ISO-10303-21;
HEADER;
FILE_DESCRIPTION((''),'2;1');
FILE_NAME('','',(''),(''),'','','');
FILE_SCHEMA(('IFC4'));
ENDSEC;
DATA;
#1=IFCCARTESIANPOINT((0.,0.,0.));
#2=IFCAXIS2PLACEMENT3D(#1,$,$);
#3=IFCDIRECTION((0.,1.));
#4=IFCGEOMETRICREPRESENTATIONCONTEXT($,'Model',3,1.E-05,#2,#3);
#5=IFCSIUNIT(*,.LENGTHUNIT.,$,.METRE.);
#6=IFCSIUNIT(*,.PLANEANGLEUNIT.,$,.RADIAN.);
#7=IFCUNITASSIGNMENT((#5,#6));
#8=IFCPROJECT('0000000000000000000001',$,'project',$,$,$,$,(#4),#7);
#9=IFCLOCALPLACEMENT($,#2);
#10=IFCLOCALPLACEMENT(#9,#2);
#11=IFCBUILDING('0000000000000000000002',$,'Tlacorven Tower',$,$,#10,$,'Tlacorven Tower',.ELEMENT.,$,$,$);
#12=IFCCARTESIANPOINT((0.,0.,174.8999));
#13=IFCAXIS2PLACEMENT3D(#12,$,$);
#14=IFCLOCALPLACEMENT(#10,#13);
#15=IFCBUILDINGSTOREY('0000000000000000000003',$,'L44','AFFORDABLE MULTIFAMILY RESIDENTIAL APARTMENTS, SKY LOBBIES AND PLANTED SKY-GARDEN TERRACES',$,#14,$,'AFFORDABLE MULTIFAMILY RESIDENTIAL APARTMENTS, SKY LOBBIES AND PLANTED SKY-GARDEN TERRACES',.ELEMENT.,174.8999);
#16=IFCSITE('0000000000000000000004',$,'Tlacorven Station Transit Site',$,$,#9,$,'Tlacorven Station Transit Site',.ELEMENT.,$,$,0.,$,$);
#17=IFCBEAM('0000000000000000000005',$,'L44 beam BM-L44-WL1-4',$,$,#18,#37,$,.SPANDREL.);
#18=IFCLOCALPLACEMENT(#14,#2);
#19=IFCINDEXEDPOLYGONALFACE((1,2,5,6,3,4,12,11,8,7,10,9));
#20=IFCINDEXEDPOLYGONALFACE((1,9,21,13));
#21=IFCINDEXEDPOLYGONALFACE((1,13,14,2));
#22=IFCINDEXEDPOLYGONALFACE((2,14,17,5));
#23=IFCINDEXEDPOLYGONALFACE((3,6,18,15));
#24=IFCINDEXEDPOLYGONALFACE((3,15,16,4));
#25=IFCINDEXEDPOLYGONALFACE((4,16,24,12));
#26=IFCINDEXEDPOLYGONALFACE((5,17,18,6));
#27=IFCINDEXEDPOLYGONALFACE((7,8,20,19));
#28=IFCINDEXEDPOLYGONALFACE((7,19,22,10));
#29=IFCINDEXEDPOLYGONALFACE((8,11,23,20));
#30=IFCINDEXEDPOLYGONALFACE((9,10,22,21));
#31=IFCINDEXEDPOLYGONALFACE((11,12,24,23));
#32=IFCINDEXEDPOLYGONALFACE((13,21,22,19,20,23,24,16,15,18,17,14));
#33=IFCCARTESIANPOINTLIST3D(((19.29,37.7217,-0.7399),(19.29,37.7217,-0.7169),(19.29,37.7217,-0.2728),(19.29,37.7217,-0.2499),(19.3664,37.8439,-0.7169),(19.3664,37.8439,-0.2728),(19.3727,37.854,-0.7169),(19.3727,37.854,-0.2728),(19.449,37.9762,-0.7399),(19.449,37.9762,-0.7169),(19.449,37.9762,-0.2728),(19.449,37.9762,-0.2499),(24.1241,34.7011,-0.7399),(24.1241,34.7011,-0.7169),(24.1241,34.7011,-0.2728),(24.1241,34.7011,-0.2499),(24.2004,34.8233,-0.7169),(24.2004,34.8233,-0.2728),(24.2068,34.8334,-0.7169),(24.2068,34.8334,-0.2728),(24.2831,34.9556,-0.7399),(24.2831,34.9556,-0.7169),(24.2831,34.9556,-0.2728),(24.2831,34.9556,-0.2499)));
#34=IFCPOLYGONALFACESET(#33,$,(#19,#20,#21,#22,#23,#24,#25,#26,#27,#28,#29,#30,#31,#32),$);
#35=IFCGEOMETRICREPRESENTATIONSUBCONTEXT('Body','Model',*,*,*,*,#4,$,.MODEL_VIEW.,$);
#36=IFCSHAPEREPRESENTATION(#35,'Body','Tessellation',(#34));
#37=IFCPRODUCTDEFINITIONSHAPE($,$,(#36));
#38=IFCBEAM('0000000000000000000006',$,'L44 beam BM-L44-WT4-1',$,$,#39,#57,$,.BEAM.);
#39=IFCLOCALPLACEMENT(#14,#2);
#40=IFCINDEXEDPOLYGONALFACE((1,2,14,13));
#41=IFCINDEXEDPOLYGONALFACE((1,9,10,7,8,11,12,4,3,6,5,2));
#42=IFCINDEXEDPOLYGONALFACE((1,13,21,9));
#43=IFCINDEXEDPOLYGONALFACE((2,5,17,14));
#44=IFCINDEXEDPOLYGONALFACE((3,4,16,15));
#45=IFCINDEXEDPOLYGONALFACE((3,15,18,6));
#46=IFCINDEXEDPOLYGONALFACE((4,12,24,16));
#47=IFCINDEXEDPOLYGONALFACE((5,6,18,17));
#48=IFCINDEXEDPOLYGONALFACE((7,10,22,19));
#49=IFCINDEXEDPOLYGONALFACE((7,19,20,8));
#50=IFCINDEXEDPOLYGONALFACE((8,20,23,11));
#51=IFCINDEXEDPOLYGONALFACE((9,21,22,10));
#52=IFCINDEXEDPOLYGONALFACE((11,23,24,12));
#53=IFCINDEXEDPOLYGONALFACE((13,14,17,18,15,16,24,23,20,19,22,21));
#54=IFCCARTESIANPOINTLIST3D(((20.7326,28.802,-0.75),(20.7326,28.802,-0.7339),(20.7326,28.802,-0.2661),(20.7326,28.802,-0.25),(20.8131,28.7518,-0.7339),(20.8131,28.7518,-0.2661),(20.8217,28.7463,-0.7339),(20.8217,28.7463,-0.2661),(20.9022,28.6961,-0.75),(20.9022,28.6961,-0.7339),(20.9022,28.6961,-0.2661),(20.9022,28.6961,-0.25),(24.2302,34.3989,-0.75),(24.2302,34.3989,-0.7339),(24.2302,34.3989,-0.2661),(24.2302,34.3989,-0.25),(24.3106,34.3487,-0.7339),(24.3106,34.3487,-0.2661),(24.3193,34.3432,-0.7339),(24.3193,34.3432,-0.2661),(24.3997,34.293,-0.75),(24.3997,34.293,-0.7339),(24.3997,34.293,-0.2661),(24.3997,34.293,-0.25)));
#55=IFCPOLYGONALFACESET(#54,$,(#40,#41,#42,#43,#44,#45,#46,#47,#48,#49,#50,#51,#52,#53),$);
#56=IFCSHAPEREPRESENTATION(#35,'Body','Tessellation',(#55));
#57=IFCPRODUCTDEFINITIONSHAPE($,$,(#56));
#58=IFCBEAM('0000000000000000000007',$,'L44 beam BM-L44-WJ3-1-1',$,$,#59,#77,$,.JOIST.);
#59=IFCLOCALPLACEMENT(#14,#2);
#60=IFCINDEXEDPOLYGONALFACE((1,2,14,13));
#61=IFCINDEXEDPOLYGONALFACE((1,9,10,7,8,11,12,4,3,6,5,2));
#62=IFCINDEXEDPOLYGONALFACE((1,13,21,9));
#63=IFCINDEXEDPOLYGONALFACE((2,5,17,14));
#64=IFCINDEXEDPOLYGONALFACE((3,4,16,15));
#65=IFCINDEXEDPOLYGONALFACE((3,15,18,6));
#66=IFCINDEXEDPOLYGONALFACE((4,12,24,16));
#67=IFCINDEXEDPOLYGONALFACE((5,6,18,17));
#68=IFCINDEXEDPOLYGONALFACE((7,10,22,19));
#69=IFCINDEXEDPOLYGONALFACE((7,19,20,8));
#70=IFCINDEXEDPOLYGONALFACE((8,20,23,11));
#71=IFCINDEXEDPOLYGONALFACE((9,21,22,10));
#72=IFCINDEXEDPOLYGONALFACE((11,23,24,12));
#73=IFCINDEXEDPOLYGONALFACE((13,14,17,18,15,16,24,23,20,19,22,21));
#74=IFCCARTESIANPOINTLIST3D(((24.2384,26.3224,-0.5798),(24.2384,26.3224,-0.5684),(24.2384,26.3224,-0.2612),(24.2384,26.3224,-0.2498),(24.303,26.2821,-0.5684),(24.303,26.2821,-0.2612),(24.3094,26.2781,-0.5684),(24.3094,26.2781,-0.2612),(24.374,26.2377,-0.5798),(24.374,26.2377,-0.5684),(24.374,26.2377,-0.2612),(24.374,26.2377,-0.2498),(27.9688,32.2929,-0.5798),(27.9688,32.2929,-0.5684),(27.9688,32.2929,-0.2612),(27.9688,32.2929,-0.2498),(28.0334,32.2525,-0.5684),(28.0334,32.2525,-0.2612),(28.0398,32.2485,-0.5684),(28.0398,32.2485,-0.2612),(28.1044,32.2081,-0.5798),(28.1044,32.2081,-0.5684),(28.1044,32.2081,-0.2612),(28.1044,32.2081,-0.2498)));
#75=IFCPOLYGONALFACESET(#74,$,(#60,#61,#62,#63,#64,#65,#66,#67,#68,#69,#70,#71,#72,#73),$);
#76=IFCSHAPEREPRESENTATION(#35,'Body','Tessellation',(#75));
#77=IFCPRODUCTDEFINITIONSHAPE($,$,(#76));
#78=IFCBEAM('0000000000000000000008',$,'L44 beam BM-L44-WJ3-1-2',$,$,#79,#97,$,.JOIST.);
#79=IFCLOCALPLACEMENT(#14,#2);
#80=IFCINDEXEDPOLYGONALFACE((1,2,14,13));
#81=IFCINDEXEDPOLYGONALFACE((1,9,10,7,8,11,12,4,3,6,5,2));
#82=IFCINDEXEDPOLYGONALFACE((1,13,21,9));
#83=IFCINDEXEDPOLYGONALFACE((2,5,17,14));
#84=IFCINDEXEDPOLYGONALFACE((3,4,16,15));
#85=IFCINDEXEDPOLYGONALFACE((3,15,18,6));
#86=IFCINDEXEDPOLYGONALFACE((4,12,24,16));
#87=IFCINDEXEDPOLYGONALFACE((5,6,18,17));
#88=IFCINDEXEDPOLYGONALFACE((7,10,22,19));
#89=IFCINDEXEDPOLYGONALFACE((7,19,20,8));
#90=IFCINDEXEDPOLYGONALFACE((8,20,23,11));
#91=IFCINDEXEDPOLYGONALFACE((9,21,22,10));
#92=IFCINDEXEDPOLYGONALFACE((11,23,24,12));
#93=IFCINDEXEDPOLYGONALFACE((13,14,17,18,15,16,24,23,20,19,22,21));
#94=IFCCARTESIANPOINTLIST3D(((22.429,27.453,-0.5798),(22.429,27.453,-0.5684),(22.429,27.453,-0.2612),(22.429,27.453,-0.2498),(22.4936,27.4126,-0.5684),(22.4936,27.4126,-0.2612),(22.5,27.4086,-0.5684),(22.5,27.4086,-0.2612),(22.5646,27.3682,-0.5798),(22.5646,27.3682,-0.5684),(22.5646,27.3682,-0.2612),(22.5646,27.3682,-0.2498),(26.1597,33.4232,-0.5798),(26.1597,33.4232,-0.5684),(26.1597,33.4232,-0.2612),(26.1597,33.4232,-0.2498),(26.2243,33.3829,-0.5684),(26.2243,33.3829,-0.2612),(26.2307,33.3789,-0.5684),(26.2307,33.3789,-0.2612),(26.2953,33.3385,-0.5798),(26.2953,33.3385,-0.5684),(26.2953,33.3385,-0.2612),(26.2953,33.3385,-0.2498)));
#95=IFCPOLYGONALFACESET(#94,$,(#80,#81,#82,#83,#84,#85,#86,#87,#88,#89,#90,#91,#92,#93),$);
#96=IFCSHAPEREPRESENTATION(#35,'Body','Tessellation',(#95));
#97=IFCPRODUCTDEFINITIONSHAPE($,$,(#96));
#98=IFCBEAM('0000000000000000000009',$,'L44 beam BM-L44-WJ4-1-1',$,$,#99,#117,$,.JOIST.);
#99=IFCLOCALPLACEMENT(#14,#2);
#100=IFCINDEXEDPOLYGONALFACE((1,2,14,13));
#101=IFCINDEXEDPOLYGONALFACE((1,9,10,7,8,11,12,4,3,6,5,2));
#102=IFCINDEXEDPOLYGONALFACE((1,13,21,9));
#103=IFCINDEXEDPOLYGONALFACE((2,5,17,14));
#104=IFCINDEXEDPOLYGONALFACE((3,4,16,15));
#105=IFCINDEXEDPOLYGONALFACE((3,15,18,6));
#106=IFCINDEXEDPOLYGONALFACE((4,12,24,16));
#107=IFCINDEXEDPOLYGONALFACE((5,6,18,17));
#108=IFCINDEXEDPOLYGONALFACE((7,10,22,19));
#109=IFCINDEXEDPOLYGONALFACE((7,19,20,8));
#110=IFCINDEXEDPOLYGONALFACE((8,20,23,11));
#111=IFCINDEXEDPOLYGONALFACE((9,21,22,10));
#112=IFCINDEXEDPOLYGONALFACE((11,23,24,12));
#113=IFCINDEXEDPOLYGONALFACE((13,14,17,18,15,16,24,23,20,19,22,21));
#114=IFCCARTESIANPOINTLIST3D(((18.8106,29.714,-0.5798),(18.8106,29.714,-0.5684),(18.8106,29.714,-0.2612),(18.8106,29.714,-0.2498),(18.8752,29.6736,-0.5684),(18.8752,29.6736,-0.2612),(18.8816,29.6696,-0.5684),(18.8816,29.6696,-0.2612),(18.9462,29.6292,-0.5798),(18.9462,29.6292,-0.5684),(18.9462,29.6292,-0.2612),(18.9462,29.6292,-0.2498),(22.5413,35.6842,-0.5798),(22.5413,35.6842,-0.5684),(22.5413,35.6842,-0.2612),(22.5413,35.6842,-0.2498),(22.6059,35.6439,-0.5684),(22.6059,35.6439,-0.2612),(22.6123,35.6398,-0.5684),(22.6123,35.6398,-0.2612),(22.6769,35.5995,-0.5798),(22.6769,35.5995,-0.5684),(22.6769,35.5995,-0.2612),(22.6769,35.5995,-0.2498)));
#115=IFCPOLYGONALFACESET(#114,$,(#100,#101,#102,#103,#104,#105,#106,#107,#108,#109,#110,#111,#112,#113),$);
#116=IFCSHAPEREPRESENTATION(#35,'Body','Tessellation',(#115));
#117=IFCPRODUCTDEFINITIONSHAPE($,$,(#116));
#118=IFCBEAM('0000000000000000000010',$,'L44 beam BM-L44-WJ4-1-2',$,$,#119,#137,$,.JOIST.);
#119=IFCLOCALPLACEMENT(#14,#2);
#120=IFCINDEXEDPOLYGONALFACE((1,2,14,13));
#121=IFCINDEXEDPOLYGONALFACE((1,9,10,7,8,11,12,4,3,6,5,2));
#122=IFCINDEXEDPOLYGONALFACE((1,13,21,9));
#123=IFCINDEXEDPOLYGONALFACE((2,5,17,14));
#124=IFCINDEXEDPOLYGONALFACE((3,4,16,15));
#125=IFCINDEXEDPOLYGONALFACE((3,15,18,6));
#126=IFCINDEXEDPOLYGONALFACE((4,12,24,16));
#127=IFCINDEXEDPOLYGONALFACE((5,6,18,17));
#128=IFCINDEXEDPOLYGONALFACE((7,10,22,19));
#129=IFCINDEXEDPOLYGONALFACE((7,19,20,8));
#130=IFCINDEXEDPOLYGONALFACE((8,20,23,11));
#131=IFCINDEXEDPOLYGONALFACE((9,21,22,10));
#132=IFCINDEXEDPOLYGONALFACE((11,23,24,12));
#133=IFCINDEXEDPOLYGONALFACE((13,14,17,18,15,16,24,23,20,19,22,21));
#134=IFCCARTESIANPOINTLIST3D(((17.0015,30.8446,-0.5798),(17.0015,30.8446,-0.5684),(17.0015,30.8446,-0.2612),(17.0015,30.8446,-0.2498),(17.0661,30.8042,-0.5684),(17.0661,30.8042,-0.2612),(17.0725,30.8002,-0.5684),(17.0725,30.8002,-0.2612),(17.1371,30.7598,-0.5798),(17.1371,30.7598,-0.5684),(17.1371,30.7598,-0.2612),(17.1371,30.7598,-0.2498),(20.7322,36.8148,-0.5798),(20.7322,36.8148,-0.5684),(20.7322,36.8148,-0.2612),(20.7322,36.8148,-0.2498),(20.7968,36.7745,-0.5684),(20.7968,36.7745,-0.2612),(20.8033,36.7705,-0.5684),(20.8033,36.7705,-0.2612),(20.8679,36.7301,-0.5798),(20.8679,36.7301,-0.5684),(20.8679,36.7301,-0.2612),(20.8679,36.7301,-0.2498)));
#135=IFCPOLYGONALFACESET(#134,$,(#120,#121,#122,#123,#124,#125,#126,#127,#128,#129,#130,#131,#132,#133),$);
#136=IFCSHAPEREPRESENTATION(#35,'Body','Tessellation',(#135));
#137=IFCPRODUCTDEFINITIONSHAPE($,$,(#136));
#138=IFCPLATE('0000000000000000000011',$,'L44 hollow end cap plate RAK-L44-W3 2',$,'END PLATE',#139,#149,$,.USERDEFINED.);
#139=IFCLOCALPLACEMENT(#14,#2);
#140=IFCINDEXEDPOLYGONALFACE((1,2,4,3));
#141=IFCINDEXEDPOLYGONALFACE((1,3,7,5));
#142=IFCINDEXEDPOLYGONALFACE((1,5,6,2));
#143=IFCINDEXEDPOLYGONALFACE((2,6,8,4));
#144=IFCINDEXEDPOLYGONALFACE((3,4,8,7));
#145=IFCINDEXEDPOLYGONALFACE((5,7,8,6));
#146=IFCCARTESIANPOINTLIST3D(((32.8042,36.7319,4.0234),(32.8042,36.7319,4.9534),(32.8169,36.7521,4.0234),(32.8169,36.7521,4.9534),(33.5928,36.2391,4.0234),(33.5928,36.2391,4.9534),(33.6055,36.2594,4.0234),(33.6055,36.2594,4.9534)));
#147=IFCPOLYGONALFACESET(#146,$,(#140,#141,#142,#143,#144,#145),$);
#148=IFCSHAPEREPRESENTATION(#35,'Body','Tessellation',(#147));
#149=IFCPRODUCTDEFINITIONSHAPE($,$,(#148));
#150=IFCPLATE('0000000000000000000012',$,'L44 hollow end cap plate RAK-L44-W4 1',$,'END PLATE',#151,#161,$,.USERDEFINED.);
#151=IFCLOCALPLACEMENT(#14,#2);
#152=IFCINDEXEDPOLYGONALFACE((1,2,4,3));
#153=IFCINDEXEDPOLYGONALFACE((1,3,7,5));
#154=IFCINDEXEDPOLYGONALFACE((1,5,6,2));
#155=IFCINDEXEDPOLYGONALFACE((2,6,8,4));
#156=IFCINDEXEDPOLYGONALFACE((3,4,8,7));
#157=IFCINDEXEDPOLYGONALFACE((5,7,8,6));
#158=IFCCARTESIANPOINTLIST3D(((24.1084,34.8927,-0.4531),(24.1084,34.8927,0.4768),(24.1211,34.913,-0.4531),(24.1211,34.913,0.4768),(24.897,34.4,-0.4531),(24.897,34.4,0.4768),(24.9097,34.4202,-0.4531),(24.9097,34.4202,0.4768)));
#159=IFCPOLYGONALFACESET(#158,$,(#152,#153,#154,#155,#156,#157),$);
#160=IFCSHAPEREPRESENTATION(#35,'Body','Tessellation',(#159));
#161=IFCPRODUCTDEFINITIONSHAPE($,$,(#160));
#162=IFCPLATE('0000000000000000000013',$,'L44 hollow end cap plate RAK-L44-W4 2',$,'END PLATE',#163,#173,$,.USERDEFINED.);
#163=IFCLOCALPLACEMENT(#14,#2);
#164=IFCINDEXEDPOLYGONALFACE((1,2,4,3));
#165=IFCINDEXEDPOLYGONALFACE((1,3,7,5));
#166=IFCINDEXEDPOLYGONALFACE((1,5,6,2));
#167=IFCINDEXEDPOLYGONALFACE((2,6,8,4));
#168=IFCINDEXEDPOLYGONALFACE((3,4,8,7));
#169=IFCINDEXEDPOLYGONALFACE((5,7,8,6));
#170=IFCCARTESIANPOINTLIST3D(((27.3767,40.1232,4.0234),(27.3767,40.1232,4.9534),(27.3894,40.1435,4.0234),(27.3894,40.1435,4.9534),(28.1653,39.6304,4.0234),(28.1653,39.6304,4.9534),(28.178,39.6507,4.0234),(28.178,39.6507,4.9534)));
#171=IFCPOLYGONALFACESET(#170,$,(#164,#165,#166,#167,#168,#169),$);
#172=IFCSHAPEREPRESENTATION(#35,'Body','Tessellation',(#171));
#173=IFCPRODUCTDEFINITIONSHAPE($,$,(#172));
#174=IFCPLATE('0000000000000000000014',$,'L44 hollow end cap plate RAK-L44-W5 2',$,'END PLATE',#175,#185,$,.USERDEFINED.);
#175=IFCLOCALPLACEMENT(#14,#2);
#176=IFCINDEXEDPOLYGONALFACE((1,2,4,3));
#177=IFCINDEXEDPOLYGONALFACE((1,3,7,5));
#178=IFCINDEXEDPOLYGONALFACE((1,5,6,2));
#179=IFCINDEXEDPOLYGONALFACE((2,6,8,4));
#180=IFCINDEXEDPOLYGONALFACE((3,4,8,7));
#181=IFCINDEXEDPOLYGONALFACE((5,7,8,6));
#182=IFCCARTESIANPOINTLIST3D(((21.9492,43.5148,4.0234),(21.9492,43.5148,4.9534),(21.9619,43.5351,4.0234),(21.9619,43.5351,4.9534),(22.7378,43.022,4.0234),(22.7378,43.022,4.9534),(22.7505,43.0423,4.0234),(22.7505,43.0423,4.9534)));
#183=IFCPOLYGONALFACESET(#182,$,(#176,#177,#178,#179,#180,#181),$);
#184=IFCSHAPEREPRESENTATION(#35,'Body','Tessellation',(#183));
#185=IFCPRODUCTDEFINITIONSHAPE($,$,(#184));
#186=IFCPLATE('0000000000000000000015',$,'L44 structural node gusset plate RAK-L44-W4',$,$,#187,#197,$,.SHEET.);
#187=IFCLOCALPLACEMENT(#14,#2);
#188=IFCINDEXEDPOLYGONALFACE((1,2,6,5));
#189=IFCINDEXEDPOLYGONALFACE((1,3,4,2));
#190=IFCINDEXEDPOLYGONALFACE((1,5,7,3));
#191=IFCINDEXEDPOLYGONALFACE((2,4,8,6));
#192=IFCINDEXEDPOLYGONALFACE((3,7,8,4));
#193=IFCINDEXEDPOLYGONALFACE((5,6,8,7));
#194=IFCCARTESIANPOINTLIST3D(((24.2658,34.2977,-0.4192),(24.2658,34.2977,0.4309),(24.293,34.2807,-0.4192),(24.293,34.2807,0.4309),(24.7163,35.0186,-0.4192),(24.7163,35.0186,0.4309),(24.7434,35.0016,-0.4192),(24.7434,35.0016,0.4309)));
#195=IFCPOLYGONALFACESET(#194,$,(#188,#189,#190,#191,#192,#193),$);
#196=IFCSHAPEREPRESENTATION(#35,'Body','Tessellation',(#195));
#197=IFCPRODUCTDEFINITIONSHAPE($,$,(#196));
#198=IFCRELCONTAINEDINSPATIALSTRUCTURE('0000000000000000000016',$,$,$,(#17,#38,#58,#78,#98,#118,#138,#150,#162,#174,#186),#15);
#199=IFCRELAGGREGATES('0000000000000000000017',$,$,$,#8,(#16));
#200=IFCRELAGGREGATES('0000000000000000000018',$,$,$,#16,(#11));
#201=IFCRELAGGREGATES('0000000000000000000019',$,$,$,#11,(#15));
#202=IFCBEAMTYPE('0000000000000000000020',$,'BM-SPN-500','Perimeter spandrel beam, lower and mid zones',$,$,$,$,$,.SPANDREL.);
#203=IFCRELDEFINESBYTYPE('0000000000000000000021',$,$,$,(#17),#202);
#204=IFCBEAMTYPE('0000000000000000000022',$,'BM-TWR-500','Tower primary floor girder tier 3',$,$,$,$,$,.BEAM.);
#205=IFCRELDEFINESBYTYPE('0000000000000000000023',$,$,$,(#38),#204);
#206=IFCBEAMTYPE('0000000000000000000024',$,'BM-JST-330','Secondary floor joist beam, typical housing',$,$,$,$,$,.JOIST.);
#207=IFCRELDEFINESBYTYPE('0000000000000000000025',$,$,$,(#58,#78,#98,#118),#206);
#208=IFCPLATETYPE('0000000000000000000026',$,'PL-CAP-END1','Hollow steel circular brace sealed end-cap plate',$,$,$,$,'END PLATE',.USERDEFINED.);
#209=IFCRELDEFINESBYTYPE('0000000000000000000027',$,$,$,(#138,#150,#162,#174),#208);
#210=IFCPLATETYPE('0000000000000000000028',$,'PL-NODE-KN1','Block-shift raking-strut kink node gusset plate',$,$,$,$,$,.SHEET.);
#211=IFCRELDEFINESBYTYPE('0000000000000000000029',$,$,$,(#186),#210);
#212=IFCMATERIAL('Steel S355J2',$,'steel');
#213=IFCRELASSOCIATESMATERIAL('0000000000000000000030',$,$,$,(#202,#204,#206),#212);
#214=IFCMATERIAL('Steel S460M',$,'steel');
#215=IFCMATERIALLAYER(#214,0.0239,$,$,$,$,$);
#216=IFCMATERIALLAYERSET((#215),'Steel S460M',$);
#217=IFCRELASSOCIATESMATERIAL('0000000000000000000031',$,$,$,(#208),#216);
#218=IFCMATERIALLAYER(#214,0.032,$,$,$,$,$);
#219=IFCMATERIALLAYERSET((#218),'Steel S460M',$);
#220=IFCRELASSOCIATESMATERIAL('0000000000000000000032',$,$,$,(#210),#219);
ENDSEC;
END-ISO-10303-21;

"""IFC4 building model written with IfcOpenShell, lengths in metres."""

from ifc_helpers import new_model, si_unit, direction, frame, origin, origin_2d, place, context, subcontext, project, spatial, rectangle, i_section, extrude, source, transform, mapped, material, layer, layer_set, material_profile, profile_set, type_object, element, save


model = new_model("IFC4")

# Units and contexts
model_context = context("Model", 3, precision=1e-05, world=origin(), true_north=direction((0.0, 1.0)))
body_context = subcontext(model_context, "Body", "Model", "MODEL_VIEW")
ifc_project = project(units=[si_unit("LENGTHUNIT", "METRE"), si_unit("PLANEANGLEUNIT", "RADIAN")], contexts=[model_context])

# Site, building, storey
site_placement = place(None, origin())
site = spatial("IfcSite", under=ifc_project, at=site_placement, Name="Tlacorven Station Transit Site", LongName="Tlacorven Station Transit Site", CompositionType="ELEMENT", RefElevation=0.0)
building_placement = place(site_placement, origin())
building = spatial("IfcBuilding", under=site, at=building_placement, Name="Tlacorven Tower", LongName="Tlacorven Tower", CompositionType="ELEMENT")
storey_placement = place(building_placement, frame((0.0, 0.0, 174.8999)))
storey = spatial("IfcBuildingStorey", under=building, at=storey_placement, Name="L44", Description="AFFORDABLE MULTIFAMILY RESIDENTIAL APARTMENTS, SKY LOBBIES AND PLANTED SKY-GARDEN TERRACES", LongName="AFFORDABLE MULTIFAMILY RESIDENTIAL APARTMENTS, SKY LOBBIES AND PLANTED SKY-GARDEN TERRACES", CompositionType="ELEMENT", Elevation=174.8999)

# Shared definitions
ifc_material_1 = material(Name="Steel S460M", Category="steel")

# Beams
ifc_material_2 = material(Name="Steel S355J2", Category="steel")
ifc_material_profile_1 = material_profile(ifc_material_2, i_section(OverallWidth=0.3, OverallDepth=0.49, WebThickness=0.012, FlangeThickness=0.0229, at=origin_2d()), Name="HEA 500")
ifc_profile_set_1 = profile_set([ifc_material_profile_1], Name="Steel S355J2")
beam_type_1 = type_object("IfcBeamType", Name="BM-SPN-500", Description="Perimeter spandrel beam, lower and mid zones", PredefinedType="SPANDREL", material=ifc_profile_set_1)
shared_shape_1 = source(origin(), body_context, "Body", "SweptSolid", [
    extrude(i_section(OverallWidth=0.3, OverallDepth=0.49, WebThickness=0.012, FlangeThickness=0.0229, at=origin_2d()), origin(), (0.0, 0.0, 1.0), 5.7002),
])
beam_1_placement = place(storey_placement, frame((24.2036, 34.8284, -0.4949), z_axis=(-0.848056, 0.529907, 0.0), x_axis=(-0.529907, -0.848056, 0.0)))
element("IfcBeam", 1, at=beam_1_placement, inside=storey, type_object=beam_type_1, Name="L44 beam BM-L44-WL1-4", PredefinedType="SPANDREL", context=body_context, shape_type="MappedRepresentation", body=[
    mapped(shared_shape_1, transform((0.0, 0.0, 0.0), scale=1.0)),
])
ifc_material_profile_2 = material_profile(ifc_material_2, i_section(OverallWidth=0.2, OverallDepth=0.5, WebThickness=0.0103, FlangeThickness=0.0161, at=origin_2d()), Name="IPE 500")
ifc_profile_set_2 = profile_set([ifc_material_profile_2], Name="Steel S355J2")
beam_type_2 = type_object("IfcBeamType", Name="BM-TWR-500", Description="Tower primary floor girder tier 3", PredefinedType="BEAM", material=ifc_profile_set_2)
shared_shape_2 = source(origin(), body_context, "Body", "SweptSolid", [
    extrude(i_section(OverallWidth=0.2, OverallDepth=0.5, WebThickness=0.0103, FlangeThickness=0.0161, at=origin_2d()), origin(), (0.0, 0.0, 1.0), 6.5999),
])
beam_2_placement = place(storey_placement, frame((24.3149, 34.3459, -0.5), z_axis=(-0.529942, -0.848034, 0.0), x_axis=(0.848034, -0.529942, 0.0)))
element("IfcBeam", 2, at=beam_2_placement, inside=storey, type_object=beam_type_2, Name="L44 beam BM-L44-WT4-1", PredefinedType="BEAM", context=body_context, shape_type="MappedRepresentation", body=[
    mapped(shared_shape_2, transform((0.0, 0.0, 0.0), scale=1.0)),
])
ifc_material_profile_3 = material_profile(ifc_material_2, i_section(OverallWidth=0.1599, OverallDepth=0.3301, WebThickness=0.0076, FlangeThickness=0.0115, at=origin_2d()), Name="IPE 330")
ifc_profile_set_3 = profile_set([ifc_material_profile_3], Name="Steel S355J2")
beam_type_3 = type_object("IfcBeamType", Name="BM-JST-330", Description="Secondary floor joist beam, typical housing", PredefinedType="JOIST", material=ifc_profile_set_3)
shared_shape_3 = source(origin(), body_context, "Body", "SweptSolid", [
    extrude(i_section(OverallWidth=0.1599, OverallDepth=0.3301, WebThickness=0.0076, FlangeThickness=0.0115, at=origin_2d()), origin(), (0.0, 0.0, 1.0), 7.04),
])
for number, where, z_axis, x_axis, name in (
    (3, (28.0366, 32.2505, -0.4148), (-0.52989, -0.848066, 0.0), (0.848066, -0.52989, 0.0), "L44 beam BM-L44-WJ3-1-1"),
    (4, (26.2275, 33.3809, -0.4148), (-0.52993, -0.848041, 0.0), (0.848041, -0.52993, 0.0), "L44 beam BM-L44-WJ3-1-2"),
    (5, (22.6091, 35.6418, -0.4148), (-0.52993, -0.848041, 0.0), (0.848041, -0.52993, 0.0), "L44 beam BM-L44-WJ4-1-1"),
    (6, (20.8, 36.7725, -0.4148), (-0.52993, -0.848041, 0.0), (0.848041, -0.52993, 0.0), "L44 beam BM-L44-WJ4-1-2"),
):
    element("IfcBeam", number, at=place(storey_placement, frame(where, z_axis=z_axis, x_axis=x_axis)), inside=storey, type_object=beam_type_3, Name=name, PredefinedType="JOIST", context=body_context, shape_type="MappedRepresentation", body=[
        mapped(shared_shape_3, transform((0.0, 0.0, 0.0), scale=1.0)),
    ])

# Plates
ifc_layer_1 = layer(ifc_material_1, 0.0239)
ifc_layer_set_1 = layer_set([ifc_layer_1], Name="Steel S460M")
plate_type_1 = type_object("IfcPlateType", Name="PL-CAP-END1", Description="Hollow steel circular brace sealed end-cap plate", ElementType="END PLATE", PredefinedType="USERDEFINED", material=ifc_layer_set_1)
shared_shape_4 = source(origin(), body_context, "Body", "SweptSolid", [
    extrude(rectangle(XDim=0.0239, YDim=0.9299, at=origin_2d()), origin(), (0.0, 0.0, 1.0), 0.9299),
])
for number, where, z_axis, x_axis, name in (
    (7, (33.2048, 36.4956, 4.0234), (0.0, 0.0, 1.0), (0.529919, 0.848048, 0.0), "L44 hollow end cap plate RAK-L44-W3 2"),
    (8, (24.509, 34.6565, -0.4531), (0.0, 0.0, 1.0), (0.529919, 0.848048, 0.0), "L44 hollow end cap plate RAK-L44-W4 1"),
    (9, (27.7773, 39.887, 4.0234), (0.0, 0.0, 1.0), (0.529919, 0.848048, 0.0), "L44 hollow end cap plate RAK-L44-W4 2"),
    (10, (22.3499, 43.2786, 4.0234), (0.0, 0.0, 1.0), (0.529919, 0.848048, 0.0), "L44 hollow end cap plate RAK-L44-W5 2"),
):
    element("IfcPlate", number, at=place(storey_placement, frame(where, z_axis=z_axis, x_axis=x_axis)), inside=storey, type_object=plate_type_1, Name=name, ObjectType="END PLATE", PredefinedType="USERDEFINED", context=body_context, shape_type="MappedRepresentation", body=[
        mapped(shared_shape_4, transform((0.0, 0.0, 0.0), scale=1.0)),
    ])
ifc_layer_2 = layer(ifc_material_1, 0.032)
ifc_layer_set_2 = layer_set([ifc_layer_2], Name="Steel S460M")
plate_type_2 = type_object("IfcPlateType", Name="PL-NODE-KN1", Description="Block-shift raking-strut kink node gusset plate", PredefinedType="SHEET", material=ifc_layer_set_2)
shared_shape_5 = source(origin(), body_context, "Body", "SweptSolid", [
    extrude(rectangle(XDim=0.8501, YDim=0.032, at=origin_2d()), origin(), (0.0, 0.0, 1.0), 0.8501),
])
plate_placement = place(storey_placement, frame((24.5046, 34.6497, -0.4192), z_axis=(0.0, 0.0, 1.0), x_axis=(0.529919, 0.848048, 0.0)))
element("IfcPlate", 11, at=plate_placement, inside=storey, type_object=plate_type_2, Name="L44 structural node gusset plate RAK-L44-W4", PredefinedType="SHEET", context=body_context, shape_type="MappedRepresentation", body=[
    mapped(shared_shape_5, transform((0.0, 0.0, 0.0), scale=1.0)),
])

save(model, "model.ifc")
